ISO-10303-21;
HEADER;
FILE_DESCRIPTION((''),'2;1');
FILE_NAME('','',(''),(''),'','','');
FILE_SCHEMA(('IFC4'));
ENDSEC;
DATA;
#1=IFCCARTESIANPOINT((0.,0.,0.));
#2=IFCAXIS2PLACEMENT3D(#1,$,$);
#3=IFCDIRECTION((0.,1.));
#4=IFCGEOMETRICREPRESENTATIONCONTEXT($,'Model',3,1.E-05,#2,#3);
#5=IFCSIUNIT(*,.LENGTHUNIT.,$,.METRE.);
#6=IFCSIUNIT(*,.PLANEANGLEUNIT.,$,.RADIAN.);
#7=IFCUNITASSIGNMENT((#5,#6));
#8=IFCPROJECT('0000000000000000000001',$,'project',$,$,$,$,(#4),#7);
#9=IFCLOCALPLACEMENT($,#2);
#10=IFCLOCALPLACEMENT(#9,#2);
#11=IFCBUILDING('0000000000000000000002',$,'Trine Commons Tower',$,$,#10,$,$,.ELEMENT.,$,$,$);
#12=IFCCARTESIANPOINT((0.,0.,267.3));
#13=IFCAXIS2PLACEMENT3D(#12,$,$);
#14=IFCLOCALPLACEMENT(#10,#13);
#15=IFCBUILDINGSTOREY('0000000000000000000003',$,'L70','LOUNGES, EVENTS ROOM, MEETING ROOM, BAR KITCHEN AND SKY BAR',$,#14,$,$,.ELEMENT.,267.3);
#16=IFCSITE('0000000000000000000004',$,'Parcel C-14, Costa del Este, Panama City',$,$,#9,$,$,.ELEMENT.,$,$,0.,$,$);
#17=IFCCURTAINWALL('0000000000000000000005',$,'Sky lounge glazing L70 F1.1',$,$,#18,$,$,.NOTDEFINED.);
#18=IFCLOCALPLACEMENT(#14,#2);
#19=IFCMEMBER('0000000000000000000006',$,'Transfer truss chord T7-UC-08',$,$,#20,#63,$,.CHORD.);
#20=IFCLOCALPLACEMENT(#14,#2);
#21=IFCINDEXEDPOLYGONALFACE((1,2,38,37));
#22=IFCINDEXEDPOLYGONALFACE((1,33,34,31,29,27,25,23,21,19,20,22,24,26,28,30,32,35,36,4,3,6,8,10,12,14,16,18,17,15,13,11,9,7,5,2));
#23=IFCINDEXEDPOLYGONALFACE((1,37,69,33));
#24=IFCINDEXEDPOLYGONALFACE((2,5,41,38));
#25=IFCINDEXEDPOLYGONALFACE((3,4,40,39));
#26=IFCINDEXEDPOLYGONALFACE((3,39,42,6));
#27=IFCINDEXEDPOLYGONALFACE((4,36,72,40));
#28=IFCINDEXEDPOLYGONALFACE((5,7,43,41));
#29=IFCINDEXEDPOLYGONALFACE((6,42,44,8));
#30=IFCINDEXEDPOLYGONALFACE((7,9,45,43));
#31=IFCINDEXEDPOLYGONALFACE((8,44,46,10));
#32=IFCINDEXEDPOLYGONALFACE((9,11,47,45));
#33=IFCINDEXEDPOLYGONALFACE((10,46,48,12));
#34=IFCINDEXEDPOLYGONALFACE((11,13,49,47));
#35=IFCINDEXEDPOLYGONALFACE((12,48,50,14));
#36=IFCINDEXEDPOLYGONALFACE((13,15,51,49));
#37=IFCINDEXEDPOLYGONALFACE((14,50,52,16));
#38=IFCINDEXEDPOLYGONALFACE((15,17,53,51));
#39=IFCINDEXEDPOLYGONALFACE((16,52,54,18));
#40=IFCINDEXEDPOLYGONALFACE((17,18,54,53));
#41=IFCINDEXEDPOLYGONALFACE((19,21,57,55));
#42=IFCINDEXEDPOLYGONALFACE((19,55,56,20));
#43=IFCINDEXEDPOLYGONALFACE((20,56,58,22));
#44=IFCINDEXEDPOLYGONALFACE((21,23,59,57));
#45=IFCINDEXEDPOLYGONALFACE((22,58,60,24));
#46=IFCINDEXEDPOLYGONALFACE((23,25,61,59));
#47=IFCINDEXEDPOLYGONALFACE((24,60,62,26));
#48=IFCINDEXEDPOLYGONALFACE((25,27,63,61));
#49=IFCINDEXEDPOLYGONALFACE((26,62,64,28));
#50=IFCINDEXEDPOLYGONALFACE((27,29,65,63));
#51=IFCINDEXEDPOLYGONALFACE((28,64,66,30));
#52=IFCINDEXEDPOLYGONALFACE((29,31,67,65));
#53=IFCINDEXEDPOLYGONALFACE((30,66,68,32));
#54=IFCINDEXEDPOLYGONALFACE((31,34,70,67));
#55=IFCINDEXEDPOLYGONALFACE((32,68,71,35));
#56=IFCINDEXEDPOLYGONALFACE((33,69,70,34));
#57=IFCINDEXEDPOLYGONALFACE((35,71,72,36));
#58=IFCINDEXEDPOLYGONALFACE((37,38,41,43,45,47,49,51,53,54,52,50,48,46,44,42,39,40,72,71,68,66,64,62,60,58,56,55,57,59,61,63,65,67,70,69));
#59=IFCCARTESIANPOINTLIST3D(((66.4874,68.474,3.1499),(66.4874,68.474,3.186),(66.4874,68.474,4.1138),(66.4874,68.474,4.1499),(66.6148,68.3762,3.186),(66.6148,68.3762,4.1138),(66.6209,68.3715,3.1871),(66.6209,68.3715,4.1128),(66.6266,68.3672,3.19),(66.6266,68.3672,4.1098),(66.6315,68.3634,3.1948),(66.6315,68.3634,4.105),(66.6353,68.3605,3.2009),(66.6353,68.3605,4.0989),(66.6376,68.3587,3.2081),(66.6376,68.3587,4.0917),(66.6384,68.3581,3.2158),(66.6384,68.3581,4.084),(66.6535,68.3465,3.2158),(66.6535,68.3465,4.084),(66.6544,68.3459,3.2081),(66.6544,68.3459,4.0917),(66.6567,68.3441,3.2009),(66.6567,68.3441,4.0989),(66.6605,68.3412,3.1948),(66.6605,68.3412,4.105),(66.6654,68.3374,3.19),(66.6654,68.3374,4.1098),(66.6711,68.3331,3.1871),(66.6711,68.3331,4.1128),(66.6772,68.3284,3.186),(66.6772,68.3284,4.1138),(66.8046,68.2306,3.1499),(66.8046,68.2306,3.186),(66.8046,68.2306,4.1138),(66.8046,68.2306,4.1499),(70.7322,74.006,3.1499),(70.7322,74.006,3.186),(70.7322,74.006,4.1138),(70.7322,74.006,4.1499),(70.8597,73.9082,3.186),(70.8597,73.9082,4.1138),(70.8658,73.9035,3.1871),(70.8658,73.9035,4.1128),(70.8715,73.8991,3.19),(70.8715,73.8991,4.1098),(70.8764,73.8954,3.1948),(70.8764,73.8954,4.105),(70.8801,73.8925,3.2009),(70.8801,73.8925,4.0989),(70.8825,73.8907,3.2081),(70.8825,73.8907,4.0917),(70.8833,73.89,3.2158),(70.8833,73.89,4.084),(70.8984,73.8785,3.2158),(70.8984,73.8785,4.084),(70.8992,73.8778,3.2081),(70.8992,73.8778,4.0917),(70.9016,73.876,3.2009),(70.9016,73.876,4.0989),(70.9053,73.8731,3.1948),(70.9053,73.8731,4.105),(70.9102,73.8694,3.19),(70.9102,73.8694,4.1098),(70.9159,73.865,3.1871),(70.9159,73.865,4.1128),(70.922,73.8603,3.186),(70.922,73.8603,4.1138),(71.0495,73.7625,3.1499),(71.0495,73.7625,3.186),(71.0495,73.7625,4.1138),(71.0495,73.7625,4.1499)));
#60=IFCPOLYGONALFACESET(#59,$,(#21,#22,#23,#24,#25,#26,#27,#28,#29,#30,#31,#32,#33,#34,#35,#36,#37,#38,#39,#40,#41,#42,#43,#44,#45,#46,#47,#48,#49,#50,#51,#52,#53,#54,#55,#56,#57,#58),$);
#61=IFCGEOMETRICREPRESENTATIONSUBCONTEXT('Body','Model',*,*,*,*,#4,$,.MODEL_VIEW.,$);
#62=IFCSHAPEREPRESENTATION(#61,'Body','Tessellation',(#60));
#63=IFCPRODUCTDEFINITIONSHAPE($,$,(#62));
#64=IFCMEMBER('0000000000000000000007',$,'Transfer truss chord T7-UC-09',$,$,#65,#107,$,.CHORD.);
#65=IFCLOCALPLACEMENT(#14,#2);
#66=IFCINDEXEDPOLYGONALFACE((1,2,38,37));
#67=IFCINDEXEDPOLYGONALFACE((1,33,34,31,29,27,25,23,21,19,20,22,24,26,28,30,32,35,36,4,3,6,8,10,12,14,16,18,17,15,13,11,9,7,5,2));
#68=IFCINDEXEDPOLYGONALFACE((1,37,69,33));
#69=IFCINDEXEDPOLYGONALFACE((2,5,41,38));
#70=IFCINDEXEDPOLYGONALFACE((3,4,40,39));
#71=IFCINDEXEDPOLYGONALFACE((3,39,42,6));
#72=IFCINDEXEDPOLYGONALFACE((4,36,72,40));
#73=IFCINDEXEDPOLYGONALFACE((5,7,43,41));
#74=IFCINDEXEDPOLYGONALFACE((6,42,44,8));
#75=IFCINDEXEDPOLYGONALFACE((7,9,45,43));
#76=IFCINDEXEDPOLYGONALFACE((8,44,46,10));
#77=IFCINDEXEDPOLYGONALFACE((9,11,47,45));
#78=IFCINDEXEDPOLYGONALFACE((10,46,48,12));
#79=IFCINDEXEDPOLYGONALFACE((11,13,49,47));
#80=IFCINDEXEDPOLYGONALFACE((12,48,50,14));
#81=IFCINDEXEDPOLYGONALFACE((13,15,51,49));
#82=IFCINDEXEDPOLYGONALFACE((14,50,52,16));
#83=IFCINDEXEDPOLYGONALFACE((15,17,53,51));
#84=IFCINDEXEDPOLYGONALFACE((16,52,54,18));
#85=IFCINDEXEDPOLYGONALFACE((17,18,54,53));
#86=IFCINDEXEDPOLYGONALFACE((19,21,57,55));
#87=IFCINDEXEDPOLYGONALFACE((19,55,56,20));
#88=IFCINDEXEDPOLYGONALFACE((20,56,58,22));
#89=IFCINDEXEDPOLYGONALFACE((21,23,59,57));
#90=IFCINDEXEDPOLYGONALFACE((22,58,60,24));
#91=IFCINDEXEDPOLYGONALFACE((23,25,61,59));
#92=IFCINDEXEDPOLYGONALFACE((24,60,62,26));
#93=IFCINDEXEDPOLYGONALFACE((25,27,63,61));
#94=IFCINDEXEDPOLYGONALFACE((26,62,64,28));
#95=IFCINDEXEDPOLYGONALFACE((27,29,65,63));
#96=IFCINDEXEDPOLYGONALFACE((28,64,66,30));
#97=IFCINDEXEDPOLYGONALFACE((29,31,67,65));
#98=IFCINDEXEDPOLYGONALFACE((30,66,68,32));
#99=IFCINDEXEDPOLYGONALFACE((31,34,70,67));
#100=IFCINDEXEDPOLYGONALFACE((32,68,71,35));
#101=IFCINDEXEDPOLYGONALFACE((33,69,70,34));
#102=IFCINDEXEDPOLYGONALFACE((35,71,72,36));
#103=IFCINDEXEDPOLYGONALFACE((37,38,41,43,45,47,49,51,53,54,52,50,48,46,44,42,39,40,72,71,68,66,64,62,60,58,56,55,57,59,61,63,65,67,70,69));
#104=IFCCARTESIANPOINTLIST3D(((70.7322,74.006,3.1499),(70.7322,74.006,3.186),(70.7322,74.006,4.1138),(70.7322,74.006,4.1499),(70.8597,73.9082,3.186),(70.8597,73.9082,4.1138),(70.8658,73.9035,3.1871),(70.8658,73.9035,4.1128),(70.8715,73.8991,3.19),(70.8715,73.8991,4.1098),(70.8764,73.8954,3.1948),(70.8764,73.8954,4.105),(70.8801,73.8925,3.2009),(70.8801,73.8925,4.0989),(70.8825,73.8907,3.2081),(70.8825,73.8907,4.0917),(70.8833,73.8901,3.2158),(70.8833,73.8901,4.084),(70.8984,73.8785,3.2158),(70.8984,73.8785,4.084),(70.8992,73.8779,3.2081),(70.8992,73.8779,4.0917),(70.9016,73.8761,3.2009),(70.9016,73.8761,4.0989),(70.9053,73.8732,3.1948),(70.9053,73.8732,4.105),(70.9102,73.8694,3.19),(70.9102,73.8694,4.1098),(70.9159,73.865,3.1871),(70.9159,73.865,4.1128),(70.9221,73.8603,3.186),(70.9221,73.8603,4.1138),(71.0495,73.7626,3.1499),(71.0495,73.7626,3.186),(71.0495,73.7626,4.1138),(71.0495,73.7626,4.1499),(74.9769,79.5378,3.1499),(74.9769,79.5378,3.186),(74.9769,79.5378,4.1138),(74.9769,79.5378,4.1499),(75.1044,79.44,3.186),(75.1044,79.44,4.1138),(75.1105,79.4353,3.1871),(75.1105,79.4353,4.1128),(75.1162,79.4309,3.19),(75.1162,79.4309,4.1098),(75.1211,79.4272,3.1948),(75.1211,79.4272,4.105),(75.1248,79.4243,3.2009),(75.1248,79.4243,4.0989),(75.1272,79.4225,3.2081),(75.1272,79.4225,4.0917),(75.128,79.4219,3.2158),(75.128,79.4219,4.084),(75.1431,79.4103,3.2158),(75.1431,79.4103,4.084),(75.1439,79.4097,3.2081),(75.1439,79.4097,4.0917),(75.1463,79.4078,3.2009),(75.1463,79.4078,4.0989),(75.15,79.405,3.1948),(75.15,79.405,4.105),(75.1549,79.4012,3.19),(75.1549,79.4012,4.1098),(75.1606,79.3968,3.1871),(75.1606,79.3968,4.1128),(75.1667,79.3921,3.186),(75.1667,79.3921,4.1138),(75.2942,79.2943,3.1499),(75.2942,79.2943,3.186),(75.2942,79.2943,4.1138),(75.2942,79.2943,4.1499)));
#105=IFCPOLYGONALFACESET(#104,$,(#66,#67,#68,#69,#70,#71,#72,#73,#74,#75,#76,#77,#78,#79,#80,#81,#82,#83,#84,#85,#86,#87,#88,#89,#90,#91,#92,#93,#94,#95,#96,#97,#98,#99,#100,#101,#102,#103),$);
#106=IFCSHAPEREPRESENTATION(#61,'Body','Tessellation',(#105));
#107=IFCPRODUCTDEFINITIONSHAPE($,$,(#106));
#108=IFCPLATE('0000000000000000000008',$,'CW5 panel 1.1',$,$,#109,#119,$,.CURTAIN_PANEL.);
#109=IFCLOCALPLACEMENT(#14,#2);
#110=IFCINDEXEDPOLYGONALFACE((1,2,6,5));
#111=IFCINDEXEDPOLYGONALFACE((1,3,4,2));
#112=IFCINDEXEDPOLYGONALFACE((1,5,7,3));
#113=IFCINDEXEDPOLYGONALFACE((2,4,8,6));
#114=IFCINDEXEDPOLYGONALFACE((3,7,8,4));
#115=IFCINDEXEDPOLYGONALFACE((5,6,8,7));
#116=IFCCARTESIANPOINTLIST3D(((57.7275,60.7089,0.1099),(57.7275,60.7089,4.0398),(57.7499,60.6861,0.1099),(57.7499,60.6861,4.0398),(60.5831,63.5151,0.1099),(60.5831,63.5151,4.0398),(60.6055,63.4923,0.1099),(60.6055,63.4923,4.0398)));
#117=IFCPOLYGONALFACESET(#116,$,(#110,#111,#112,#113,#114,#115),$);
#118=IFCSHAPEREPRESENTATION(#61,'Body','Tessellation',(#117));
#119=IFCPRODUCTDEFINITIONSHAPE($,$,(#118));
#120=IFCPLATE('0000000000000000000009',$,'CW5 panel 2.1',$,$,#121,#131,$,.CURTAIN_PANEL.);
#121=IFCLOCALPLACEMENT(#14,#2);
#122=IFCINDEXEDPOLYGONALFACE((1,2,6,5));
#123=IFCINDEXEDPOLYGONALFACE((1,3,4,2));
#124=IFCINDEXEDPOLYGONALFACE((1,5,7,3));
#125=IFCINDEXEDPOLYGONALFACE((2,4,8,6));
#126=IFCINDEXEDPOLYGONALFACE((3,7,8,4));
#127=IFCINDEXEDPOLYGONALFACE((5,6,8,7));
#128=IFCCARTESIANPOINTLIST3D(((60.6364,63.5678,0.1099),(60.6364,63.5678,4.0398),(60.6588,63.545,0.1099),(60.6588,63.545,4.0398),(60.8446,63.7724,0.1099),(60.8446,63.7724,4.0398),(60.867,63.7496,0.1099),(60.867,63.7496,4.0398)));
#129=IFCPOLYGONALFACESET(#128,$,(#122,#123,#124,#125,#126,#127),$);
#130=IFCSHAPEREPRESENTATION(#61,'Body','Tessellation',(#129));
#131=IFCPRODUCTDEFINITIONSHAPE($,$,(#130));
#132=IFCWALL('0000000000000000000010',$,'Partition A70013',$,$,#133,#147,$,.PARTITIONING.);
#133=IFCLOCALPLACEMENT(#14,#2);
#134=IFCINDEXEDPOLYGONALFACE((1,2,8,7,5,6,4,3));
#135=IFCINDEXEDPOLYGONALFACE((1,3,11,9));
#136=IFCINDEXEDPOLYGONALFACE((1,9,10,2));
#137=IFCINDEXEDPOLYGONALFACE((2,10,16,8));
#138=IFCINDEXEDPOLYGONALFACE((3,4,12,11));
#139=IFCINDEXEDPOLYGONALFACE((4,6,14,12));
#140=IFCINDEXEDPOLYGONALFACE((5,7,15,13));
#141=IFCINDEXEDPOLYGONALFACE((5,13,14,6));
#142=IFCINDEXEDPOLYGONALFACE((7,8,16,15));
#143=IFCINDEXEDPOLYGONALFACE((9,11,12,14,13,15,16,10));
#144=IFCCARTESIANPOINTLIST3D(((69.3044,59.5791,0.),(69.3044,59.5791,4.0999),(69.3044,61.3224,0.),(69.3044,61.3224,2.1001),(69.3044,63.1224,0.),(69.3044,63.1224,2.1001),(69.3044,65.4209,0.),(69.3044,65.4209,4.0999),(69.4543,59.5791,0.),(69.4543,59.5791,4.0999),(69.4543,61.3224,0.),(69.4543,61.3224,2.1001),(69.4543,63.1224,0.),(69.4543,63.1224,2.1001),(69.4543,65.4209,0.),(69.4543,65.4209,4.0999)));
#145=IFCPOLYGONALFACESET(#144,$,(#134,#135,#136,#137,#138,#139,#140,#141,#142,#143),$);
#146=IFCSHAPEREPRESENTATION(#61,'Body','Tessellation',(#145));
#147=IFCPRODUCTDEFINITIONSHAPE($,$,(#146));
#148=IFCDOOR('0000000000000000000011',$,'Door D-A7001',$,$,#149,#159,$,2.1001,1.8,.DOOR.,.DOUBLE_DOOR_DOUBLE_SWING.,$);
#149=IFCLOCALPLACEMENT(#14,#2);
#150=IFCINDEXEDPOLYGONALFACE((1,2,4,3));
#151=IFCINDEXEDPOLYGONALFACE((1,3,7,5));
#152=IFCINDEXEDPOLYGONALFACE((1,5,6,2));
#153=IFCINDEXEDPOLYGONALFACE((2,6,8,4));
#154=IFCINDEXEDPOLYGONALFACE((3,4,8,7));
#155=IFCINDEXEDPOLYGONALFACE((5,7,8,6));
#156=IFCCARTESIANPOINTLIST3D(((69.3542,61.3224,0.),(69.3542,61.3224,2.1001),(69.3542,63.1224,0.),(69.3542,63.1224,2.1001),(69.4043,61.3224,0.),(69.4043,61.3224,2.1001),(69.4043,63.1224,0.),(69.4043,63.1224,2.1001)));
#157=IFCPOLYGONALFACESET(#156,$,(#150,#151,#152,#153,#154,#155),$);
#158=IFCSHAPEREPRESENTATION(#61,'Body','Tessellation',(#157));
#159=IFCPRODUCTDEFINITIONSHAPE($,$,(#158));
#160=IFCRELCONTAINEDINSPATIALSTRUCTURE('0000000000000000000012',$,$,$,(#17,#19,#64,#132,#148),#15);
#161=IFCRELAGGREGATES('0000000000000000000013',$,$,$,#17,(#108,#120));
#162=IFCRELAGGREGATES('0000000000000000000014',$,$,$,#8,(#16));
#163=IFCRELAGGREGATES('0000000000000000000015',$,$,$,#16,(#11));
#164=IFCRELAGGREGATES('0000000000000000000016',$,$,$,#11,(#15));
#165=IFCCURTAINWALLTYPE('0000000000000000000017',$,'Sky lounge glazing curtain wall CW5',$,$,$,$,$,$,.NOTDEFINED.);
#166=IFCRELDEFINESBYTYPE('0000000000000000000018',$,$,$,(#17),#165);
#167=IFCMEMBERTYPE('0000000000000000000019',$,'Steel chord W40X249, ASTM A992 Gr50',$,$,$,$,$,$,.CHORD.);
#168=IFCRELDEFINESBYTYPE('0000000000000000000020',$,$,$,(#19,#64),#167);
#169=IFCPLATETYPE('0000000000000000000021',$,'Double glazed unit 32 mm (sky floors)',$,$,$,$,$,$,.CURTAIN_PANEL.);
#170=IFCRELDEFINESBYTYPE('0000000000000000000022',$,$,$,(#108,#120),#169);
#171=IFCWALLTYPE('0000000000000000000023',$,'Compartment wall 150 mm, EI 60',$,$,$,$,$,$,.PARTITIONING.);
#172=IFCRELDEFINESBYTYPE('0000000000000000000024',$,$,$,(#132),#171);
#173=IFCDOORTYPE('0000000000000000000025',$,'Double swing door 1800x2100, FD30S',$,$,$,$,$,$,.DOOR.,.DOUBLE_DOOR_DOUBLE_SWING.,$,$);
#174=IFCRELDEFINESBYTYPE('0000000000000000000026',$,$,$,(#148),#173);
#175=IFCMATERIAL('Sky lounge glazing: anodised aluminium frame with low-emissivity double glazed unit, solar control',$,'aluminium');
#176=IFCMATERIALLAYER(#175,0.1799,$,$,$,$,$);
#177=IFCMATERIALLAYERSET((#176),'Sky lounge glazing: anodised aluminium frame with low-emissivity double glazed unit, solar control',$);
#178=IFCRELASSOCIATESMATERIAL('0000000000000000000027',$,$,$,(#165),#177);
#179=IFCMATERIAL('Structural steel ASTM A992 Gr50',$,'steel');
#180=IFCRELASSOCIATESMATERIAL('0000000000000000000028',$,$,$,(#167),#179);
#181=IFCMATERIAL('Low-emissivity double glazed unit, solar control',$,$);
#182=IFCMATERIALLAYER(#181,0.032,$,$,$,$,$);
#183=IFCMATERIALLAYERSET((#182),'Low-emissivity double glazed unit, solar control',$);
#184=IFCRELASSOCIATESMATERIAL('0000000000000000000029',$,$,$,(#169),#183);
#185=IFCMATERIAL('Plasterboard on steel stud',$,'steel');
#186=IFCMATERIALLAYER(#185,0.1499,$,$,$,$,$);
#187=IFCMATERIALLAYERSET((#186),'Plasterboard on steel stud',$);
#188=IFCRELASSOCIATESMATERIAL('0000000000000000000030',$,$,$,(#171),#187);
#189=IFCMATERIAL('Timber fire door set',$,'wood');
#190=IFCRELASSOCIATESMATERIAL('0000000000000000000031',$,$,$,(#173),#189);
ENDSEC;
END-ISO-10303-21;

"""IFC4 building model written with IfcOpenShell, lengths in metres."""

from ifc_helpers import new_model, si_unit, direction, frame, frame_2d, origin, origin_2d, place, context, subcontext, project, spatial, rectangle, i_section, extrude, material, layer, layer_set, material_profile, profile_set, type_object, element, fill, aggregate, save


model = new_model("IFC4")

# Units and contexts
model_context = context("Model", 3, precision=1e-05, world=origin(), true_north=direction((0.0, 1.0)))
body_context = subcontext(model_context, "Body", "Model", "MODEL_VIEW")
ifc_project = project(units=[si_unit("LENGTHUNIT", "METRE"), si_unit("PLANEANGLEUNIT", "RADIAN")], contexts=[model_context])

# Site, building, storey
site_placement = place(None, origin())
site = spatial("IfcSite", under=ifc_project, at=site_placement, Name="Parcel C-14, Costa del Este, Panama City", CompositionType="ELEMENT", RefElevation=0.0)
building_placement = place(site_placement, origin())
building = spatial("IfcBuilding", under=site, at=building_placement, Name="Trine Commons Tower", CompositionType="ELEMENT")
storey_placement = place(building_placement, frame((0.0, 0.0, 267.3)))
storey = spatial("IfcBuildingStorey", under=building, at=storey_placement, Name="L70", Description="LOUNGES, EVENTS ROOM, MEETING ROOM, BAR KITCHEN AND SKY BAR", CompositionType="ELEMENT", Elevation=267.3)

# Curtain wall
ifc_material_1 = material(Name="Sky lounge glazing: anodised aluminium frame with low-emissivity double glazed unit, solar control", Category="aluminium")
ifc_layer_1 = layer(ifc_material_1, 0.1799)
ifc_layer_set_1 = layer_set([ifc_layer_1], Name="Sky lounge glazing: anodised aluminium frame with low-emissivity double glazed unit, solar control")
curtain_wall_type = type_object("IfcCurtainWallType", Name="Sky lounge glazing curtain wall CW5", PredefinedType="NOTDEFINED", material=ifc_layer_set_1)
curtain_wall_placement = place(storey_placement, origin())
curtain_wall = element("IfcCurtainWall", 1, at=curtain_wall_placement, inside=storey, type_object=curtain_wall_type, Name="Sky lounge glazing L70 F1.1", PredefinedType="NOTDEFINED")

# Members
ifc_material_2 = material(Name="Structural steel ASTM A992 Gr50", Category="steel")
ifc_material_profile_1 = material_profile(ifc_material_2, i_section(OverallWidth=0.3999, OverallDepth=1.0, WebThickness=0.019, FlangeThickness=0.0361, FilletRadius=0.0298, at=origin_2d()), Name="W40X249")
ifc_profile_set_1 = profile_set([ifc_material_profile_1], Name="Structural steel ASTM A992 Gr50")
member_type_1 = type_object("IfcMemberType", Name="Steel chord W40X249, ASTM A992 Gr50", PredefinedType="CHORD", material=ifc_profile_set_1)
member_1_placement = place(storey_placement, frame((66.646, 68.3523, 3.6499), z_axis=(0.608764, 0.793351, 0.0), x_axis=(-0.793351, 0.608764, 0.0)))
element("IfcMember", 2, at=member_1_placement, inside=storey, type_object=member_type_1, Name="Transfer truss chord T7-UC-08", PredefinedType="CHORD", context=body_context, shape_type="SweptSolid", body=[
    extrude(i_section(OverallWidth=0.3999, OverallDepth=1.0, WebThickness=0.019, FlangeThickness=0.0361, FilletRadius=0.0298, at=origin_2d()), origin(), (0.0, 0.0, 1.0), 6.9729),
])
member_2_placement = place(storey_placement, frame((70.8909, 73.8843, 3.6499), z_axis=(0.608759, 0.793355, 0.0), x_axis=(-0.793355, 0.608759, 0.0)))
element("IfcMember", 3, at=member_2_placement, inside=storey, type_object=member_type_1, Name="Transfer truss chord T7-UC-09", PredefinedType="CHORD", context=body_context, shape_type="SweptSolid", body=[
    extrude(i_section(OverallWidth=0.3999, OverallDepth=1.0, WebThickness=0.019, FlangeThickness=0.0361, FilletRadius=0.0298, at=origin_2d()), origin(), (0.0, 0.0, 1.0), 6.9727),
])

# Plates
ifc_material_3 = material(Name="Low-emissivity double glazed unit, solar control")
ifc_layer_2 = layer(ifc_material_3, 0.032)
ifc_layer_set_2 = layer_set([ifc_layer_2], Name="Low-emissivity double glazed unit, solar control")
plate_type = type_object("IfcPlateType", Name="Double glazed unit 32 mm (sky floors)", PredefinedType="CURTAIN_PANEL", material=ifc_layer_set_2)
plate_1_placement = place(storey_placement, frame((59.1665, 62.1006, 0.1099), z_axis=(0.0, 0.0, 1.0), x_axis=(0.71325, 0.700909, 0.0)))
plate_1 = element("IfcPlate", 4, at=plate_1_placement, type_object=plate_type, Name="CW5 panel 1.1", PredefinedType="CURTAIN_PANEL", context=body_context, shape_type="SweptSolid", body=[
    extrude(rectangle(XDim=4.0037, YDim=0.032, at=origin_2d()), origin(), (0.0, 0.0, 1.0), 3.9299),
])
plate_2_placement = place(storey_placement, frame((60.7517, 63.6587, 0.1099), z_axis=(0.0, 0.0, 1.0), x_axis=(0.71325, 0.700909, 0.0)))
plate_2 = element("IfcPlate", 5, at=plate_2_placement, type_object=plate_type, Name="CW5 panel 2.1", PredefinedType="CURTAIN_PANEL", context=body_context, shape_type="SweptSolid", body=[
    extrude(rectangle(XDim=0.292, YDim=0.032, at=origin_2d()), origin(), (0.0, 0.0, 1.0), 3.9299),
])
aggregate(curtain_wall, [plate_1, plate_2])

# Wall, opening, door
ifc_material_4 = material(Name="Plasterboard on steel stud", Category="steel")
ifc_layer_3 = layer(ifc_material_4, 0.1499)
ifc_layer_set_3 = layer_set([ifc_layer_3], Name="Plasterboard on steel stud")
wall_type_1 = type_object("IfcWallType", Name="Compartment wall 150 mm, EI 60", PredefinedType="PARTITIONING", material=ifc_layer_set_3)
wall_1_placement = place(storey_placement, frame((69.3794, 65.4209, 0.0), z_axis=(0.0, 0.0, 1.0), x_axis=(0.0, -1.0, 0.0)))
wall_1 = element("IfcWall", 6, at=wall_1_placement, inside=storey, type_object=wall_type_1, Name="Partition A70013", PredefinedType="PARTITIONING", context=body_context, shape_type="SweptSolid", body=[
    extrude(rectangle(XDim=5.8418, YDim=0.1499, at=frame_2d((2.9209, 0.0))), origin(), (0.0, 0.0, 1.0), 4.0999),
])
opening_1_placement = place(wall_1_placement, frame((2.2986, 0.0, 0.0)))
opening_1 = element("IfcOpeningElement", 7, at=opening_1_placement, cuts=wall_1, PredefinedType="OPENING", context=body_context, shape_type="SweptSolid", body=[
    extrude(rectangle(XDim=1.8, YDim=2.1001, at=frame_2d((0.8999, 1.05))), frame((0.0, 0.085, 0.0), z_axis=(0.0, -1.0, 0.0), x_axis=(1.0, 0.0, 0.0)), (0.0, 0.0, 1.0), 0.1699),
])
ifc_material_5 = material(Name="Timber fire door set", Category="wood")
door_type_1 = type_object("IfcDoorType", Name="Double swing door 1800x2100, FD30S", OperationType="DOUBLE_DOOR_DOUBLE_SWING", PredefinedType="DOOR", material=ifc_material_5)
door_1_placement = place(opening_1_placement, origin())
door_1 = element("IfcDoor", 8, at=door_1_placement, inside=storey, type_object=door_type_1, Name="Door D-A7001", OperationType="DOUBLE_DOOR_DOUBLE_SWING", OverallHeight=2.1001, OverallWidth=1.8, PredefinedType="DOOR", context=body_context, shape_type="SweptSolid", body=[
    extrude(rectangle(XDim=1.8, YDim=2.1001, at=frame_2d((0.8999, 1.05))), frame((0.0, 0.0249, 0.0), z_axis=(0.0, -1.0, 0.0), x_axis=(1.0, 0.0, 0.0)), (0.0, 0.0, 1.0), 0.05),
])
fill(opening_1, door_1)

save(model, "model.ifc")
